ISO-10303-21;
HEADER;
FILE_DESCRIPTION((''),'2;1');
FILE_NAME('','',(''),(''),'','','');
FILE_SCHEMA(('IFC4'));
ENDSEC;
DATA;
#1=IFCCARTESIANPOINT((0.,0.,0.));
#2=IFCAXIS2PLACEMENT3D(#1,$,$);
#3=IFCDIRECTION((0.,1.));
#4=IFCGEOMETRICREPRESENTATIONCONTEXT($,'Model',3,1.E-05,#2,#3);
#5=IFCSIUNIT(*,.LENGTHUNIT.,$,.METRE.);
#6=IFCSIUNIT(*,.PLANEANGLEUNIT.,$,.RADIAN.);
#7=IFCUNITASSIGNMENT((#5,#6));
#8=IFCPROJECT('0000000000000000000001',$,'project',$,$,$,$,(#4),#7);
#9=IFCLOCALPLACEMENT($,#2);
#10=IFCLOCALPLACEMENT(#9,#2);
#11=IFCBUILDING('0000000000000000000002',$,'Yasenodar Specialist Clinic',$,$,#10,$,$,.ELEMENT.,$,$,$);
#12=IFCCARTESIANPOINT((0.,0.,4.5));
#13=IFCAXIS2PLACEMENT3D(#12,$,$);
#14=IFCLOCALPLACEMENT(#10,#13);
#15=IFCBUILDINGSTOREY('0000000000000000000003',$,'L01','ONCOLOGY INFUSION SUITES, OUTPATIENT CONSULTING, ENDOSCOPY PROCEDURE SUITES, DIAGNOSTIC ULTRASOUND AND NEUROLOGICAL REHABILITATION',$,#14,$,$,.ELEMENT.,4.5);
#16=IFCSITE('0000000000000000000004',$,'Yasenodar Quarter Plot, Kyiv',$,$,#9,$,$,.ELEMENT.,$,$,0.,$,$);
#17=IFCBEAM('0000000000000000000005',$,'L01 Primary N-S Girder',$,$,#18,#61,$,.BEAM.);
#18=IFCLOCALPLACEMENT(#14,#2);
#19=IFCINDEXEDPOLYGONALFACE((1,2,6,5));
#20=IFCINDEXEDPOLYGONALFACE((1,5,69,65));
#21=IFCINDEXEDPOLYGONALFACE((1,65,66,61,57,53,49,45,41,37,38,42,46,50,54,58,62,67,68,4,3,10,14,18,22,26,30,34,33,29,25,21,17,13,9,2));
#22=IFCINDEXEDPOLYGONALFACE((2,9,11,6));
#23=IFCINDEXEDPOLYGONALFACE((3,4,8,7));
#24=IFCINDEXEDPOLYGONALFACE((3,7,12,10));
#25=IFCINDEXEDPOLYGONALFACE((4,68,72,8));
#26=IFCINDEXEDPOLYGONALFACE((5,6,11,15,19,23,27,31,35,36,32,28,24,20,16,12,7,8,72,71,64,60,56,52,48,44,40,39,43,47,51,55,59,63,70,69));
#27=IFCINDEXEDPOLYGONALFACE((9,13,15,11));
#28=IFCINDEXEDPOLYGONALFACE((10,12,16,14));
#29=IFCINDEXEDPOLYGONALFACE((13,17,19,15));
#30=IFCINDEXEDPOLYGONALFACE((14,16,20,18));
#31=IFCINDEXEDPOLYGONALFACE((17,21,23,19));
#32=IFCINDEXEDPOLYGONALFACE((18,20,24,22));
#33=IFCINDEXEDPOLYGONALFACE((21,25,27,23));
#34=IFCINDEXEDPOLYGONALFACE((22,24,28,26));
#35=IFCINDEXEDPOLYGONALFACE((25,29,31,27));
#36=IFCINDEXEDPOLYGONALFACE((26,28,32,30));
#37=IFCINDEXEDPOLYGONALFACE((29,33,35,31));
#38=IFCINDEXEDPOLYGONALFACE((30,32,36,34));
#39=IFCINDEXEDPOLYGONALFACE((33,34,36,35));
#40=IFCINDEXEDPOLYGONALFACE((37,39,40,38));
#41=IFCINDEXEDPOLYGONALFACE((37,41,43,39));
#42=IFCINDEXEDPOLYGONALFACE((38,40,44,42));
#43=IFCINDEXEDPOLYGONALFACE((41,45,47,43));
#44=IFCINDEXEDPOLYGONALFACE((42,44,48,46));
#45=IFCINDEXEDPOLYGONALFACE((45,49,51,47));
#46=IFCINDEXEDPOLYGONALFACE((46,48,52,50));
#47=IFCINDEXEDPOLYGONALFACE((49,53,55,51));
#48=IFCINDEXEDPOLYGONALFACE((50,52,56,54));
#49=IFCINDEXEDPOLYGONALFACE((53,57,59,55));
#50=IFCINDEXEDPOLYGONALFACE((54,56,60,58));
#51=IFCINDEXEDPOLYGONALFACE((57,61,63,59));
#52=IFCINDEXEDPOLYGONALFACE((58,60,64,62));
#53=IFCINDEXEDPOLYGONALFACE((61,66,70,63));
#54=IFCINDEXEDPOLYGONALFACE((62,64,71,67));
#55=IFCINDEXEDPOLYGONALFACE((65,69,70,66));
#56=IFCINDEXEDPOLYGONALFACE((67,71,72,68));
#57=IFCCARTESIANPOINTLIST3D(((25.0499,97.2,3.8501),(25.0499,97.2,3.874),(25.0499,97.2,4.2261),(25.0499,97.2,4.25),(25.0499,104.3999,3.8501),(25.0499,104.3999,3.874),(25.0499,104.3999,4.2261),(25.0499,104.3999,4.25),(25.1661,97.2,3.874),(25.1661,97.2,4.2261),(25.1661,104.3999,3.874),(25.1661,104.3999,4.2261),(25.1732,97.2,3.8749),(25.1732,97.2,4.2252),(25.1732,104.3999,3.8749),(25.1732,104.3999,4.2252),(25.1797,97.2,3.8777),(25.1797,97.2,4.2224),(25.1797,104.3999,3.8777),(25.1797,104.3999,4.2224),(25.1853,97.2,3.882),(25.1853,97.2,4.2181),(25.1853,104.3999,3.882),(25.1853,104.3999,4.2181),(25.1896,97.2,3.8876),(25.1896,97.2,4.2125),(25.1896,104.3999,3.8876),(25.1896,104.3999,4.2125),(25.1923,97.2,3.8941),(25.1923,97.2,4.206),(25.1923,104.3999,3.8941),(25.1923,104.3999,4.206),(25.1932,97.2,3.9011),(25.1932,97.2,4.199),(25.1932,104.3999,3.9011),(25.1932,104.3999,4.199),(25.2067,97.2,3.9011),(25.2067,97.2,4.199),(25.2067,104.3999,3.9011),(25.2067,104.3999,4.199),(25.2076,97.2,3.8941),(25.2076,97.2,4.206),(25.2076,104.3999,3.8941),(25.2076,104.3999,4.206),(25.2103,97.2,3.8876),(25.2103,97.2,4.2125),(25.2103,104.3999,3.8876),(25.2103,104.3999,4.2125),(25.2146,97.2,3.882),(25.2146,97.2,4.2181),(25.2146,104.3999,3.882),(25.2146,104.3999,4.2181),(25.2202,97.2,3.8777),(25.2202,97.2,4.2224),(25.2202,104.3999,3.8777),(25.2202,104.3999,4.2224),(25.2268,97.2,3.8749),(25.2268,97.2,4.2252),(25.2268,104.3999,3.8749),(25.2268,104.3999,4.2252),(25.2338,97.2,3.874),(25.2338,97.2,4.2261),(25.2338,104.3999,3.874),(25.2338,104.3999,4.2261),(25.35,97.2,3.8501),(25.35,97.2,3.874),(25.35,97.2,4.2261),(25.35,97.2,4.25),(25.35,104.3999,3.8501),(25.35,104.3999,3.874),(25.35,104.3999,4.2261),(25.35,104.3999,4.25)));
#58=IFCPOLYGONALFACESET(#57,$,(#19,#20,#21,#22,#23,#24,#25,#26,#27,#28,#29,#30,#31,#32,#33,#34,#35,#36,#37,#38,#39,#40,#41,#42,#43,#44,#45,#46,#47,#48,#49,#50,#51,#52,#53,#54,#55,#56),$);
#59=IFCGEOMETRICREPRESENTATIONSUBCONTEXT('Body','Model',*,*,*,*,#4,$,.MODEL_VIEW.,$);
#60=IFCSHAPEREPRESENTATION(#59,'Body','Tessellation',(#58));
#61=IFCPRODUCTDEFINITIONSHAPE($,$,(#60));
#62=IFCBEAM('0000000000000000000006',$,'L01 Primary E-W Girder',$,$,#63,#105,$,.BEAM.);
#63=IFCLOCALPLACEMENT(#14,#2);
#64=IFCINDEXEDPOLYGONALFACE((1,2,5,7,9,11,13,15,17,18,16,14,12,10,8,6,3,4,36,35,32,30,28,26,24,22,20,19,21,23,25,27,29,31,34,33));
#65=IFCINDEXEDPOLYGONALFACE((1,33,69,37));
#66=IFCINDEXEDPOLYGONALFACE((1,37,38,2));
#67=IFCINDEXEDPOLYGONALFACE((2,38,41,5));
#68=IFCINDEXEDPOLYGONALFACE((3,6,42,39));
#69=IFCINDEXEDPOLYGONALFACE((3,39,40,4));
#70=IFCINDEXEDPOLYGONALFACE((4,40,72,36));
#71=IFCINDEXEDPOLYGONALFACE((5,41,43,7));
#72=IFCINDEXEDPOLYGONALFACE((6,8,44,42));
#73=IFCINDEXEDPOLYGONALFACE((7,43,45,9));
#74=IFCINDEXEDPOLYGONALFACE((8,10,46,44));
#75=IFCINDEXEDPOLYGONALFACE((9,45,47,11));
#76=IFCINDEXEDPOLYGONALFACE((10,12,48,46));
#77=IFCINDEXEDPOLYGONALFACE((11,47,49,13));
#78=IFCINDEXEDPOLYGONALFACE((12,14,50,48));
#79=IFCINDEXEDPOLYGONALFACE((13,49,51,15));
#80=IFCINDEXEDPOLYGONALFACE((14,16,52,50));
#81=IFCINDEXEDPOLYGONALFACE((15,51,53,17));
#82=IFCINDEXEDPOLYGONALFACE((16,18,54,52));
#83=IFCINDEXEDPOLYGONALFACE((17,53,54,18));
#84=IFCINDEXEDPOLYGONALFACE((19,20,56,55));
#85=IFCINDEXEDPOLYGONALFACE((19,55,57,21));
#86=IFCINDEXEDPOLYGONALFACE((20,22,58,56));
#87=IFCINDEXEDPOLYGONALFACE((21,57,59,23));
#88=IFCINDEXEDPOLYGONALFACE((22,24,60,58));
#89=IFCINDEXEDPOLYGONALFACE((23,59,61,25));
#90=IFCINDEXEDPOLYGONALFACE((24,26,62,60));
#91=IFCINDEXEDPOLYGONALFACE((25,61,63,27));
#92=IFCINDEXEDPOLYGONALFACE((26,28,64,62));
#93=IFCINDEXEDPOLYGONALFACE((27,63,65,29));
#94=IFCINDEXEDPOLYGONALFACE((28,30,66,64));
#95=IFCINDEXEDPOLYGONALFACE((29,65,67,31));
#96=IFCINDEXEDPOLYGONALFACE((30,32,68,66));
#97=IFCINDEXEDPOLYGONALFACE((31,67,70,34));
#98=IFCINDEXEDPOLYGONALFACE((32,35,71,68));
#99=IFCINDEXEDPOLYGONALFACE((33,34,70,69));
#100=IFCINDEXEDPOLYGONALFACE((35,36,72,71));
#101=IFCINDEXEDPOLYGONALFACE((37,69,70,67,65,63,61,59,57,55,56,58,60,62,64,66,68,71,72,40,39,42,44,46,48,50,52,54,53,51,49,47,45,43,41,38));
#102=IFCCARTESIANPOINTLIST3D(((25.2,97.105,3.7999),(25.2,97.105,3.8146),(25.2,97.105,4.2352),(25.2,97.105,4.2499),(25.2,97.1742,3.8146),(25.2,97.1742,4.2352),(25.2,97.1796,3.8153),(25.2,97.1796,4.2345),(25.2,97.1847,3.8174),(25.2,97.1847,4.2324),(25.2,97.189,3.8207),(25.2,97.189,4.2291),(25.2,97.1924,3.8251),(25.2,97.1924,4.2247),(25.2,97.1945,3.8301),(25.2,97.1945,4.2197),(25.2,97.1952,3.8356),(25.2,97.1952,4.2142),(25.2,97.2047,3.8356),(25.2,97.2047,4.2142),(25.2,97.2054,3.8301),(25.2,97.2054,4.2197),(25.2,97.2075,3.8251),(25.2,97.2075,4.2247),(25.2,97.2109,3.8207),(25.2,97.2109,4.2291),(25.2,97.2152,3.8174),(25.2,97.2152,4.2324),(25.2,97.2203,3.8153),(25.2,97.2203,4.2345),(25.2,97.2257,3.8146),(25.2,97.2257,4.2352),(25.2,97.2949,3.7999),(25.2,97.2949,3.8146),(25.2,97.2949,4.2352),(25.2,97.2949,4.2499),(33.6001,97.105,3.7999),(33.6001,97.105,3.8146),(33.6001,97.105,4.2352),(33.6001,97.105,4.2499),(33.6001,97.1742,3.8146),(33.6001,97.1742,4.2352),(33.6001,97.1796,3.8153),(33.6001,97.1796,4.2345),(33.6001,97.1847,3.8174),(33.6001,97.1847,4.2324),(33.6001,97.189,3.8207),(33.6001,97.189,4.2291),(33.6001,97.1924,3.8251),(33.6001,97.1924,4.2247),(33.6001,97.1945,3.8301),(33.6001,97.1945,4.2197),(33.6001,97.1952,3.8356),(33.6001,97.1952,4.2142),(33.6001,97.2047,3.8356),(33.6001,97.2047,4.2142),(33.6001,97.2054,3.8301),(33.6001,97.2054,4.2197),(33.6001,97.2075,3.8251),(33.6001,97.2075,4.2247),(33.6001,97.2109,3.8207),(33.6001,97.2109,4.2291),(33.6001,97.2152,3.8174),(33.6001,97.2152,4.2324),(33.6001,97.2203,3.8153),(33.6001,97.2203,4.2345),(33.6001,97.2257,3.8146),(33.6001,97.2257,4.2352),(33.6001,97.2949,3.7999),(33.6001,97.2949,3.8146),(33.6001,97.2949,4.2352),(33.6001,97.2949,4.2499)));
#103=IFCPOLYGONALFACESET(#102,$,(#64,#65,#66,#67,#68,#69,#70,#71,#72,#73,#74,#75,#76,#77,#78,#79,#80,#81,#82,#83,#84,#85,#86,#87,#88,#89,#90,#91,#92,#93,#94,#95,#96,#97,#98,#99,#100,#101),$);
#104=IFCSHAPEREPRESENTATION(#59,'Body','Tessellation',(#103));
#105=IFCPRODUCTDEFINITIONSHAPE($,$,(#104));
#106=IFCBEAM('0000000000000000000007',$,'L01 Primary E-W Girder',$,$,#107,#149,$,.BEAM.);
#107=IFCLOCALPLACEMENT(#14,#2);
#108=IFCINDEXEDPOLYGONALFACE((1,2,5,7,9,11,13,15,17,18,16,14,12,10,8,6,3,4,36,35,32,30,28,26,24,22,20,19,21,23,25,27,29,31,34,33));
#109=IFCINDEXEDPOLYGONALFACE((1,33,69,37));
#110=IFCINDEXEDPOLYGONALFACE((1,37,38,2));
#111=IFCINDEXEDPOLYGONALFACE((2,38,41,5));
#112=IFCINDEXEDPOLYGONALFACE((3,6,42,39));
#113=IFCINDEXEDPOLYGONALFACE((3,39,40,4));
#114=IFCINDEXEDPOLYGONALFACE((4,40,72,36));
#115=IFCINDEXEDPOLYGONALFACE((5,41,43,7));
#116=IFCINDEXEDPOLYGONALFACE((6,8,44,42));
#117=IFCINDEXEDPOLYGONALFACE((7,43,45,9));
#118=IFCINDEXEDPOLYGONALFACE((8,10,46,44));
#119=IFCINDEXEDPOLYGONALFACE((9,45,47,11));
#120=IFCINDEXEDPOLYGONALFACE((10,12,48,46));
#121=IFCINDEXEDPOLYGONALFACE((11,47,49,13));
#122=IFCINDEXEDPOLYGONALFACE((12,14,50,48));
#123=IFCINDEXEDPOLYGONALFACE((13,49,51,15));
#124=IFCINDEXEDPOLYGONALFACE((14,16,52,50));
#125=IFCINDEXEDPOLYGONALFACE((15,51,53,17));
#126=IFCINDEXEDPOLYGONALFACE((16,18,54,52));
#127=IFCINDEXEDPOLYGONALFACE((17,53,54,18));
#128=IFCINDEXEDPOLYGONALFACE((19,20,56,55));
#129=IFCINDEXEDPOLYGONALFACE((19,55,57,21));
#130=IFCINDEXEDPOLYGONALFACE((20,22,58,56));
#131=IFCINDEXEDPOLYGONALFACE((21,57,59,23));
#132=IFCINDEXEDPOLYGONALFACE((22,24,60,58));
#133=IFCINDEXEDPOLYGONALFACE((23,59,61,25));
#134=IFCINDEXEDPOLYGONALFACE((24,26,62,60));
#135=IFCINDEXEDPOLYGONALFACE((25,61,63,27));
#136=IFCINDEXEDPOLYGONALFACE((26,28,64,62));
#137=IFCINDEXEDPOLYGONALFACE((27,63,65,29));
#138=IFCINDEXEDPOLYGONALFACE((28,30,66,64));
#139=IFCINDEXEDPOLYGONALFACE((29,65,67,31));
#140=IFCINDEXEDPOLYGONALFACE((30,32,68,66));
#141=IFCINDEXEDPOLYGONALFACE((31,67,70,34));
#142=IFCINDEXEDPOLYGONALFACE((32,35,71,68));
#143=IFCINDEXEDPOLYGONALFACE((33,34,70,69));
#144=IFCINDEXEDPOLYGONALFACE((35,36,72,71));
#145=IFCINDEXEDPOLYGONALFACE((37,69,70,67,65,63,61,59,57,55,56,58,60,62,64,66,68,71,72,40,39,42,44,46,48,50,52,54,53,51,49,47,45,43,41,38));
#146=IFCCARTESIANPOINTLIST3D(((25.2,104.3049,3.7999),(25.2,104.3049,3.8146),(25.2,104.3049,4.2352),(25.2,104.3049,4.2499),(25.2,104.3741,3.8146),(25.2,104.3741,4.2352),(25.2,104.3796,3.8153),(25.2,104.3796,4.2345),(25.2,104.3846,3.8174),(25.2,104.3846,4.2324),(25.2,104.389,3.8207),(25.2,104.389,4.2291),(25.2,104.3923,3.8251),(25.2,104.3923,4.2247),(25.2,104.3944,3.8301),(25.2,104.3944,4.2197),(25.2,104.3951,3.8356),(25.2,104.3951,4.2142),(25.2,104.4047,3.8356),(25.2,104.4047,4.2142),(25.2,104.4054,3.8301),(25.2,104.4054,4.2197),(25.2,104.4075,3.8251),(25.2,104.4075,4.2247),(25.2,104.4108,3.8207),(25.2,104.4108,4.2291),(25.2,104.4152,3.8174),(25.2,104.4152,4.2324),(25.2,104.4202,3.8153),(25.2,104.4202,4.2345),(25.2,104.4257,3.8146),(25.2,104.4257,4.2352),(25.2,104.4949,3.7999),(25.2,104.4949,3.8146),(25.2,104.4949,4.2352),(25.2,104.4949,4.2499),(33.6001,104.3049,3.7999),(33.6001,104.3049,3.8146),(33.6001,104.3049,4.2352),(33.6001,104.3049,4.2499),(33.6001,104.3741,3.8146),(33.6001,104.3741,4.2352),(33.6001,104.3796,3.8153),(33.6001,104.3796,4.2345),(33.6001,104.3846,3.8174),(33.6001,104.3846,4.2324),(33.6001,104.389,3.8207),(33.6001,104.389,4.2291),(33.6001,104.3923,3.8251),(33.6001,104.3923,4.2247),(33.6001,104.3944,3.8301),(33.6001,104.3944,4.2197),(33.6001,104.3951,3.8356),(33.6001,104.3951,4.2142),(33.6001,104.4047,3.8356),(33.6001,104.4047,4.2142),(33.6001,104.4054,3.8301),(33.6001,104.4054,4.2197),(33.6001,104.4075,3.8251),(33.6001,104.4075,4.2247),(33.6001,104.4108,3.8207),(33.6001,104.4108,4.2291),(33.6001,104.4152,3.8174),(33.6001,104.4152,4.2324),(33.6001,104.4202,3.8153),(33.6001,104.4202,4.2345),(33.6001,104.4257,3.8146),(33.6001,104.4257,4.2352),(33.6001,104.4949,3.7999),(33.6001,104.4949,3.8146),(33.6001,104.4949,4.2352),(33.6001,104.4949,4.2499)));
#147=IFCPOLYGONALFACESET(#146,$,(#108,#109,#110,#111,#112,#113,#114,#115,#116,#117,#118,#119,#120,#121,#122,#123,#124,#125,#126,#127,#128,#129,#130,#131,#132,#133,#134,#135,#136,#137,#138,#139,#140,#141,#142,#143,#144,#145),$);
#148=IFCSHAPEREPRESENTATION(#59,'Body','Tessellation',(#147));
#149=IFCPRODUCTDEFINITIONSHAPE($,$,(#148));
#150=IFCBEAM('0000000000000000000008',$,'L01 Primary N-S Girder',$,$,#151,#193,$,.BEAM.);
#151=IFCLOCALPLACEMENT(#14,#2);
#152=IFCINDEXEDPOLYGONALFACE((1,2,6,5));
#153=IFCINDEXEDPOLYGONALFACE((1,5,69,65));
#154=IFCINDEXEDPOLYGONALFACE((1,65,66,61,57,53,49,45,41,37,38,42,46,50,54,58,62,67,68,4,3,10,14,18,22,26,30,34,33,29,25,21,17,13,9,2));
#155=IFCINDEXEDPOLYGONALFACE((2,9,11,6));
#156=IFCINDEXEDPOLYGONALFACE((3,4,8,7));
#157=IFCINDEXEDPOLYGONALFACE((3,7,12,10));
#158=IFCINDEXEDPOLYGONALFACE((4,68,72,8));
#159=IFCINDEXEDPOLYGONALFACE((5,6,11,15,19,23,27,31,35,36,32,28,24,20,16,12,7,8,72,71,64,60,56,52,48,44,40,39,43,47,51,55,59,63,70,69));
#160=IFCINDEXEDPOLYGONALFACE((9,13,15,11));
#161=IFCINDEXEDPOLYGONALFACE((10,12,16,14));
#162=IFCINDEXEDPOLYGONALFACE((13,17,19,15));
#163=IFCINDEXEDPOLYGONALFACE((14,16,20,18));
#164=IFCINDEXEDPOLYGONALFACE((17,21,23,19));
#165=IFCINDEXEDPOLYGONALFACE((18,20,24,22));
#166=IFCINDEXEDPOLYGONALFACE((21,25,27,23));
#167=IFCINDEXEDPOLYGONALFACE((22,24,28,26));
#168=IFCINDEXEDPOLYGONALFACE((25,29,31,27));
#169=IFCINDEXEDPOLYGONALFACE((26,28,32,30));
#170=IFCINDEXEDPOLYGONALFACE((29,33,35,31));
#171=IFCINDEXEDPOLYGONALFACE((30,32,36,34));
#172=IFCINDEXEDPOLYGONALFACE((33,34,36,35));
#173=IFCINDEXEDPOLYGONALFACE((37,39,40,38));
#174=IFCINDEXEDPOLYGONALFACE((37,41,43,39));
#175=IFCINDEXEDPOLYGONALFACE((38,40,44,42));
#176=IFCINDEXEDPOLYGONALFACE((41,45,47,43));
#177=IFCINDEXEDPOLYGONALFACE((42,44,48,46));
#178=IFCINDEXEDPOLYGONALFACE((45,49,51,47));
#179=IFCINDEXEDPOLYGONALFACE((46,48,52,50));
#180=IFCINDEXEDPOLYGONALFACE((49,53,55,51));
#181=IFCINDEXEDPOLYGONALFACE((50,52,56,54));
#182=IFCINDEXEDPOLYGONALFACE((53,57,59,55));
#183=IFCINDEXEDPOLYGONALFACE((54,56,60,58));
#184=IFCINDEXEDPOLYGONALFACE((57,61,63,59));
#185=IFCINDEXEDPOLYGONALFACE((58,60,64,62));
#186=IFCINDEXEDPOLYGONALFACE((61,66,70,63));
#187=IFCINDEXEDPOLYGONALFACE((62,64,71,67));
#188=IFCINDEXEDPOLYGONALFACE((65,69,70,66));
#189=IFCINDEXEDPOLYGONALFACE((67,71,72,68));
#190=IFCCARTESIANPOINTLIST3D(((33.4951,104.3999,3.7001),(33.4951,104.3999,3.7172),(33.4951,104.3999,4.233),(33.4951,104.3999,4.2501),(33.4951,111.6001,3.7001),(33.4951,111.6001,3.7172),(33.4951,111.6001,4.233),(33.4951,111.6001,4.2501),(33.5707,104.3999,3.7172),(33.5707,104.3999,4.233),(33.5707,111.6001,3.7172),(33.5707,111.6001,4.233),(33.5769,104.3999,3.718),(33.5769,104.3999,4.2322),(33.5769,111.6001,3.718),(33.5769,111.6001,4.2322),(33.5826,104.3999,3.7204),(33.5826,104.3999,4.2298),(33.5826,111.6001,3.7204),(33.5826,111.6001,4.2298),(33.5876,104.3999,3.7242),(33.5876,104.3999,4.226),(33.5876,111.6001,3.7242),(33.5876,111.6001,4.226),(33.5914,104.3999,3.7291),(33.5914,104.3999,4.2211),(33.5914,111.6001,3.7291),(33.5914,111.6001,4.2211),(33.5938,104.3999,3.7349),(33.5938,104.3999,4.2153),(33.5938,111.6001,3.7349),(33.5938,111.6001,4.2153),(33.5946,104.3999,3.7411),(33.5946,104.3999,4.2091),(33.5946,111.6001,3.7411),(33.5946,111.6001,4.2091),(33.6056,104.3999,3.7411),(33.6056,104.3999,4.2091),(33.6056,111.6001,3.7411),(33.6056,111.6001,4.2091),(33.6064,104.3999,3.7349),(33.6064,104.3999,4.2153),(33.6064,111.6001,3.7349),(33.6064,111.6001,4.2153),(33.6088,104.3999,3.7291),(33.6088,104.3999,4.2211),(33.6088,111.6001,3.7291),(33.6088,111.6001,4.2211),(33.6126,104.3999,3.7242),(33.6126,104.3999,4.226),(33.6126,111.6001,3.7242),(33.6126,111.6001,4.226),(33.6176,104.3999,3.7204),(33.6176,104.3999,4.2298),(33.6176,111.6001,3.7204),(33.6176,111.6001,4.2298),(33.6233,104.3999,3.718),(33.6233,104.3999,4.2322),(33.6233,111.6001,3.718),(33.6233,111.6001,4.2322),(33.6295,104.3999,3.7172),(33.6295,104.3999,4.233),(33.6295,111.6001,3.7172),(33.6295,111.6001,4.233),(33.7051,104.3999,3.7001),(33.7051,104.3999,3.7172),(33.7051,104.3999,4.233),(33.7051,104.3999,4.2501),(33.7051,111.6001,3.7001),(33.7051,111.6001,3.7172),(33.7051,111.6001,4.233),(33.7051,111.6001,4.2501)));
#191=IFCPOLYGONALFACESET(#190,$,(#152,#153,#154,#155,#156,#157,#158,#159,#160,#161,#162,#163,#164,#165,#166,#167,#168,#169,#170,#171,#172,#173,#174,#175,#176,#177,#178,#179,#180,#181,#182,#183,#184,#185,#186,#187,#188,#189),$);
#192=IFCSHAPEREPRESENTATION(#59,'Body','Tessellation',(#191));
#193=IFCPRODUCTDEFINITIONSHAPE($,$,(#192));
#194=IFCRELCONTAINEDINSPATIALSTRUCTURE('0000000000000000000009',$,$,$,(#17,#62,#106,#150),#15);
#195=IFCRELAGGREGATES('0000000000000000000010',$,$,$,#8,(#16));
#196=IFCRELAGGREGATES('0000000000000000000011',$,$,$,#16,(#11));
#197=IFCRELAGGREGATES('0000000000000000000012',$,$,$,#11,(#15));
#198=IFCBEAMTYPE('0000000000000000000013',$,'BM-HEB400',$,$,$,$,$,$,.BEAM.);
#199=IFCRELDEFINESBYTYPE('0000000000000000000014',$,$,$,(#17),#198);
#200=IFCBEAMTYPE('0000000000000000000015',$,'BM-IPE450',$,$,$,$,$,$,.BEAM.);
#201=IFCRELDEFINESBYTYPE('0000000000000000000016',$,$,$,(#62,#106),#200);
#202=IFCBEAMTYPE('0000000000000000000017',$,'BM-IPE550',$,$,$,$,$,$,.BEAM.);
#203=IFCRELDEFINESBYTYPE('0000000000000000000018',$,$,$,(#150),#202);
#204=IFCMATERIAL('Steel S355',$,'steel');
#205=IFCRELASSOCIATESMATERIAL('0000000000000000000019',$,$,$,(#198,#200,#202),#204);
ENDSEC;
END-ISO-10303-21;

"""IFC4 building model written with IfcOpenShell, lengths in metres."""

from ifc_helpers import new_model, si_unit, direction, frame, origin, origin_2d, place, context, subcontext, project, spatial, i_section, extrude, material, material_profile, profile_set, type_object, element, save


model = new_model("IFC4")

# Units and contexts
model_context = context("Model", 3, precision=1e-05, world=origin(), true_north=direction((0.0, 1.0)))
body_context = subcontext(model_context, "Body", "Model", "MODEL_VIEW")
ifc_project = project(units=[si_unit("LENGTHUNIT", "METRE"), si_unit("PLANEANGLEUNIT", "RADIAN")], contexts=[model_context])

# Site, building, storey
site_placement = place(None, origin())
site = spatial("IfcSite", under=ifc_project, at=site_placement, Name="Yasenodar Quarter Plot, Kyiv", CompositionType="ELEMENT", RefElevation=0.0)
building_placement = place(site_placement, origin())
building = spatial("IfcBuilding", under=site, at=building_placement, Name="Yasenodar Specialist Clinic", CompositionType="ELEMENT")
storey_placement = place(building_placement, frame((0.0, 0.0, 4.5)))
storey = spatial("IfcBuildingStorey", under=building, at=storey_placement, Name="L01", Description="ONCOLOGY INFUSION SUITES, OUTPATIENT CONSULTING, ENDOSCOPY PROCEDURE SUITES, DIAGNOSTIC ULTRASOUND AND NEUROLOGICAL REHABILITATION", CompositionType="ELEMENT", Elevation=4.5)

# Shared definitions
ifc_material_1 = material(Name="Steel S355", Category="steel")

# Beams
ifc_material_profile_1 = material_profile(ifc_material_1, i_section(OverallWidth=0.3, OverallDepth=0.3999, WebThickness=0.0134, FlangeThickness=0.0239, FilletRadius=0.0271, at=origin_2d()), Name="HEB 400")
ifc_profile_set_1 = profile_set([ifc_material_profile_1], Name="Steel S355")
beam_type_1 = type_object("IfcBeamType", Name="BM-HEB400", PredefinedType="BEAM", material=ifc_profile_set_1)
beam_1_placement = place(storey_placement, frame((25.2, 97.2, 4.05), z_axis=(0.0, 1.0, 0.0), x_axis=(-1.0, 0.0, 0.0)))
element("IfcBeam", 1, at=beam_1_placement, inside=storey, type_object=beam_type_1, Name="L01 Primary N-S Girder", PredefinedType="BEAM", context=body_context, shape_type="SweptSolid", body=[
    extrude(i_section(OverallWidth=0.3, OverallDepth=0.3999, WebThickness=0.0134, FlangeThickness=0.0239, FilletRadius=0.0271, at=origin_2d()), origin(), (0.0, 0.0, 1.0), 7.2),
])
ifc_material_profile_2 = material_profile(ifc_material_1, i_section(OverallWidth=0.1899, OverallDepth=0.45, WebThickness=0.0095, FlangeThickness=0.0146, FilletRadius=0.021, at=origin_2d()), Name="IPE 450")
ifc_profile_set_2 = profile_set([ifc_material_profile_2], Name="Steel S355")
beam_type_2 = type_object("IfcBeamType", Name="BM-IPE450", PredefinedType="BEAM", material=ifc_profile_set_2)
for number, where, z_axis, x_axis, name in (
    (2, (25.2, 97.2, 4.0249), (1.0, 0.0, 0.0), (0.0, 1.0, 0.0), "L01 Primary E-W Girder"),
    (3, (25.2, 104.3999, 4.0249), (1.0, 0.0, 0.0), (0.0, 1.0, 0.0), "L01 Primary E-W Girder"),
):
    element("IfcBeam", number, at=place(storey_placement, frame(where, z_axis=z_axis, x_axis=x_axis)), inside=storey, type_object=beam_type_2, Name=name, PredefinedType="BEAM", context=body_context, shape_type="SweptSolid", body=[
        extrude(i_section(OverallWidth=0.1899, OverallDepth=0.45, WebThickness=0.0095, FlangeThickness=0.0146, FilletRadius=0.021, at=origin_2d()), origin(), (0.0, 0.0, 1.0), 8.4001),
    ])
ifc_material_profile_3 = material_profile(ifc_material_1, i_section(OverallWidth=0.21, OverallDepth=0.55, WebThickness=0.011, FlangeThickness=0.0171, FilletRadius=0.0239, at=origin_2d()), Name="IPE 550")
ifc_profile_set_3 = profile_set([ifc_material_profile_3], Name="Steel S355")
beam_type_3 = type_object("IfcBeamType", Name="BM-IPE550", PredefinedType="BEAM", material=ifc_profile_set_3)
beam_2_placement = place(storey_placement, frame((33.6001, 104.3999, 3.9751), z_axis=(0.0, 1.0, 0.0), x_axis=(-1.0, 0.0, 0.0)))
element("IfcBeam", 4, at=beam_2_placement, inside=storey, type_object=beam_type_3, Name="L01 Primary N-S Girder", PredefinedType="BEAM", context=body_context, shape_type="SweptSolid", body=[
    extrude(i_section(OverallWidth=0.21, OverallDepth=0.55, WebThickness=0.011, FlangeThickness=0.0171, FilletRadius=0.0239, at=origin_2d()), origin(), (0.0, 0.0, 1.0), 7.2002),
])

save(model, "model.ifc")
